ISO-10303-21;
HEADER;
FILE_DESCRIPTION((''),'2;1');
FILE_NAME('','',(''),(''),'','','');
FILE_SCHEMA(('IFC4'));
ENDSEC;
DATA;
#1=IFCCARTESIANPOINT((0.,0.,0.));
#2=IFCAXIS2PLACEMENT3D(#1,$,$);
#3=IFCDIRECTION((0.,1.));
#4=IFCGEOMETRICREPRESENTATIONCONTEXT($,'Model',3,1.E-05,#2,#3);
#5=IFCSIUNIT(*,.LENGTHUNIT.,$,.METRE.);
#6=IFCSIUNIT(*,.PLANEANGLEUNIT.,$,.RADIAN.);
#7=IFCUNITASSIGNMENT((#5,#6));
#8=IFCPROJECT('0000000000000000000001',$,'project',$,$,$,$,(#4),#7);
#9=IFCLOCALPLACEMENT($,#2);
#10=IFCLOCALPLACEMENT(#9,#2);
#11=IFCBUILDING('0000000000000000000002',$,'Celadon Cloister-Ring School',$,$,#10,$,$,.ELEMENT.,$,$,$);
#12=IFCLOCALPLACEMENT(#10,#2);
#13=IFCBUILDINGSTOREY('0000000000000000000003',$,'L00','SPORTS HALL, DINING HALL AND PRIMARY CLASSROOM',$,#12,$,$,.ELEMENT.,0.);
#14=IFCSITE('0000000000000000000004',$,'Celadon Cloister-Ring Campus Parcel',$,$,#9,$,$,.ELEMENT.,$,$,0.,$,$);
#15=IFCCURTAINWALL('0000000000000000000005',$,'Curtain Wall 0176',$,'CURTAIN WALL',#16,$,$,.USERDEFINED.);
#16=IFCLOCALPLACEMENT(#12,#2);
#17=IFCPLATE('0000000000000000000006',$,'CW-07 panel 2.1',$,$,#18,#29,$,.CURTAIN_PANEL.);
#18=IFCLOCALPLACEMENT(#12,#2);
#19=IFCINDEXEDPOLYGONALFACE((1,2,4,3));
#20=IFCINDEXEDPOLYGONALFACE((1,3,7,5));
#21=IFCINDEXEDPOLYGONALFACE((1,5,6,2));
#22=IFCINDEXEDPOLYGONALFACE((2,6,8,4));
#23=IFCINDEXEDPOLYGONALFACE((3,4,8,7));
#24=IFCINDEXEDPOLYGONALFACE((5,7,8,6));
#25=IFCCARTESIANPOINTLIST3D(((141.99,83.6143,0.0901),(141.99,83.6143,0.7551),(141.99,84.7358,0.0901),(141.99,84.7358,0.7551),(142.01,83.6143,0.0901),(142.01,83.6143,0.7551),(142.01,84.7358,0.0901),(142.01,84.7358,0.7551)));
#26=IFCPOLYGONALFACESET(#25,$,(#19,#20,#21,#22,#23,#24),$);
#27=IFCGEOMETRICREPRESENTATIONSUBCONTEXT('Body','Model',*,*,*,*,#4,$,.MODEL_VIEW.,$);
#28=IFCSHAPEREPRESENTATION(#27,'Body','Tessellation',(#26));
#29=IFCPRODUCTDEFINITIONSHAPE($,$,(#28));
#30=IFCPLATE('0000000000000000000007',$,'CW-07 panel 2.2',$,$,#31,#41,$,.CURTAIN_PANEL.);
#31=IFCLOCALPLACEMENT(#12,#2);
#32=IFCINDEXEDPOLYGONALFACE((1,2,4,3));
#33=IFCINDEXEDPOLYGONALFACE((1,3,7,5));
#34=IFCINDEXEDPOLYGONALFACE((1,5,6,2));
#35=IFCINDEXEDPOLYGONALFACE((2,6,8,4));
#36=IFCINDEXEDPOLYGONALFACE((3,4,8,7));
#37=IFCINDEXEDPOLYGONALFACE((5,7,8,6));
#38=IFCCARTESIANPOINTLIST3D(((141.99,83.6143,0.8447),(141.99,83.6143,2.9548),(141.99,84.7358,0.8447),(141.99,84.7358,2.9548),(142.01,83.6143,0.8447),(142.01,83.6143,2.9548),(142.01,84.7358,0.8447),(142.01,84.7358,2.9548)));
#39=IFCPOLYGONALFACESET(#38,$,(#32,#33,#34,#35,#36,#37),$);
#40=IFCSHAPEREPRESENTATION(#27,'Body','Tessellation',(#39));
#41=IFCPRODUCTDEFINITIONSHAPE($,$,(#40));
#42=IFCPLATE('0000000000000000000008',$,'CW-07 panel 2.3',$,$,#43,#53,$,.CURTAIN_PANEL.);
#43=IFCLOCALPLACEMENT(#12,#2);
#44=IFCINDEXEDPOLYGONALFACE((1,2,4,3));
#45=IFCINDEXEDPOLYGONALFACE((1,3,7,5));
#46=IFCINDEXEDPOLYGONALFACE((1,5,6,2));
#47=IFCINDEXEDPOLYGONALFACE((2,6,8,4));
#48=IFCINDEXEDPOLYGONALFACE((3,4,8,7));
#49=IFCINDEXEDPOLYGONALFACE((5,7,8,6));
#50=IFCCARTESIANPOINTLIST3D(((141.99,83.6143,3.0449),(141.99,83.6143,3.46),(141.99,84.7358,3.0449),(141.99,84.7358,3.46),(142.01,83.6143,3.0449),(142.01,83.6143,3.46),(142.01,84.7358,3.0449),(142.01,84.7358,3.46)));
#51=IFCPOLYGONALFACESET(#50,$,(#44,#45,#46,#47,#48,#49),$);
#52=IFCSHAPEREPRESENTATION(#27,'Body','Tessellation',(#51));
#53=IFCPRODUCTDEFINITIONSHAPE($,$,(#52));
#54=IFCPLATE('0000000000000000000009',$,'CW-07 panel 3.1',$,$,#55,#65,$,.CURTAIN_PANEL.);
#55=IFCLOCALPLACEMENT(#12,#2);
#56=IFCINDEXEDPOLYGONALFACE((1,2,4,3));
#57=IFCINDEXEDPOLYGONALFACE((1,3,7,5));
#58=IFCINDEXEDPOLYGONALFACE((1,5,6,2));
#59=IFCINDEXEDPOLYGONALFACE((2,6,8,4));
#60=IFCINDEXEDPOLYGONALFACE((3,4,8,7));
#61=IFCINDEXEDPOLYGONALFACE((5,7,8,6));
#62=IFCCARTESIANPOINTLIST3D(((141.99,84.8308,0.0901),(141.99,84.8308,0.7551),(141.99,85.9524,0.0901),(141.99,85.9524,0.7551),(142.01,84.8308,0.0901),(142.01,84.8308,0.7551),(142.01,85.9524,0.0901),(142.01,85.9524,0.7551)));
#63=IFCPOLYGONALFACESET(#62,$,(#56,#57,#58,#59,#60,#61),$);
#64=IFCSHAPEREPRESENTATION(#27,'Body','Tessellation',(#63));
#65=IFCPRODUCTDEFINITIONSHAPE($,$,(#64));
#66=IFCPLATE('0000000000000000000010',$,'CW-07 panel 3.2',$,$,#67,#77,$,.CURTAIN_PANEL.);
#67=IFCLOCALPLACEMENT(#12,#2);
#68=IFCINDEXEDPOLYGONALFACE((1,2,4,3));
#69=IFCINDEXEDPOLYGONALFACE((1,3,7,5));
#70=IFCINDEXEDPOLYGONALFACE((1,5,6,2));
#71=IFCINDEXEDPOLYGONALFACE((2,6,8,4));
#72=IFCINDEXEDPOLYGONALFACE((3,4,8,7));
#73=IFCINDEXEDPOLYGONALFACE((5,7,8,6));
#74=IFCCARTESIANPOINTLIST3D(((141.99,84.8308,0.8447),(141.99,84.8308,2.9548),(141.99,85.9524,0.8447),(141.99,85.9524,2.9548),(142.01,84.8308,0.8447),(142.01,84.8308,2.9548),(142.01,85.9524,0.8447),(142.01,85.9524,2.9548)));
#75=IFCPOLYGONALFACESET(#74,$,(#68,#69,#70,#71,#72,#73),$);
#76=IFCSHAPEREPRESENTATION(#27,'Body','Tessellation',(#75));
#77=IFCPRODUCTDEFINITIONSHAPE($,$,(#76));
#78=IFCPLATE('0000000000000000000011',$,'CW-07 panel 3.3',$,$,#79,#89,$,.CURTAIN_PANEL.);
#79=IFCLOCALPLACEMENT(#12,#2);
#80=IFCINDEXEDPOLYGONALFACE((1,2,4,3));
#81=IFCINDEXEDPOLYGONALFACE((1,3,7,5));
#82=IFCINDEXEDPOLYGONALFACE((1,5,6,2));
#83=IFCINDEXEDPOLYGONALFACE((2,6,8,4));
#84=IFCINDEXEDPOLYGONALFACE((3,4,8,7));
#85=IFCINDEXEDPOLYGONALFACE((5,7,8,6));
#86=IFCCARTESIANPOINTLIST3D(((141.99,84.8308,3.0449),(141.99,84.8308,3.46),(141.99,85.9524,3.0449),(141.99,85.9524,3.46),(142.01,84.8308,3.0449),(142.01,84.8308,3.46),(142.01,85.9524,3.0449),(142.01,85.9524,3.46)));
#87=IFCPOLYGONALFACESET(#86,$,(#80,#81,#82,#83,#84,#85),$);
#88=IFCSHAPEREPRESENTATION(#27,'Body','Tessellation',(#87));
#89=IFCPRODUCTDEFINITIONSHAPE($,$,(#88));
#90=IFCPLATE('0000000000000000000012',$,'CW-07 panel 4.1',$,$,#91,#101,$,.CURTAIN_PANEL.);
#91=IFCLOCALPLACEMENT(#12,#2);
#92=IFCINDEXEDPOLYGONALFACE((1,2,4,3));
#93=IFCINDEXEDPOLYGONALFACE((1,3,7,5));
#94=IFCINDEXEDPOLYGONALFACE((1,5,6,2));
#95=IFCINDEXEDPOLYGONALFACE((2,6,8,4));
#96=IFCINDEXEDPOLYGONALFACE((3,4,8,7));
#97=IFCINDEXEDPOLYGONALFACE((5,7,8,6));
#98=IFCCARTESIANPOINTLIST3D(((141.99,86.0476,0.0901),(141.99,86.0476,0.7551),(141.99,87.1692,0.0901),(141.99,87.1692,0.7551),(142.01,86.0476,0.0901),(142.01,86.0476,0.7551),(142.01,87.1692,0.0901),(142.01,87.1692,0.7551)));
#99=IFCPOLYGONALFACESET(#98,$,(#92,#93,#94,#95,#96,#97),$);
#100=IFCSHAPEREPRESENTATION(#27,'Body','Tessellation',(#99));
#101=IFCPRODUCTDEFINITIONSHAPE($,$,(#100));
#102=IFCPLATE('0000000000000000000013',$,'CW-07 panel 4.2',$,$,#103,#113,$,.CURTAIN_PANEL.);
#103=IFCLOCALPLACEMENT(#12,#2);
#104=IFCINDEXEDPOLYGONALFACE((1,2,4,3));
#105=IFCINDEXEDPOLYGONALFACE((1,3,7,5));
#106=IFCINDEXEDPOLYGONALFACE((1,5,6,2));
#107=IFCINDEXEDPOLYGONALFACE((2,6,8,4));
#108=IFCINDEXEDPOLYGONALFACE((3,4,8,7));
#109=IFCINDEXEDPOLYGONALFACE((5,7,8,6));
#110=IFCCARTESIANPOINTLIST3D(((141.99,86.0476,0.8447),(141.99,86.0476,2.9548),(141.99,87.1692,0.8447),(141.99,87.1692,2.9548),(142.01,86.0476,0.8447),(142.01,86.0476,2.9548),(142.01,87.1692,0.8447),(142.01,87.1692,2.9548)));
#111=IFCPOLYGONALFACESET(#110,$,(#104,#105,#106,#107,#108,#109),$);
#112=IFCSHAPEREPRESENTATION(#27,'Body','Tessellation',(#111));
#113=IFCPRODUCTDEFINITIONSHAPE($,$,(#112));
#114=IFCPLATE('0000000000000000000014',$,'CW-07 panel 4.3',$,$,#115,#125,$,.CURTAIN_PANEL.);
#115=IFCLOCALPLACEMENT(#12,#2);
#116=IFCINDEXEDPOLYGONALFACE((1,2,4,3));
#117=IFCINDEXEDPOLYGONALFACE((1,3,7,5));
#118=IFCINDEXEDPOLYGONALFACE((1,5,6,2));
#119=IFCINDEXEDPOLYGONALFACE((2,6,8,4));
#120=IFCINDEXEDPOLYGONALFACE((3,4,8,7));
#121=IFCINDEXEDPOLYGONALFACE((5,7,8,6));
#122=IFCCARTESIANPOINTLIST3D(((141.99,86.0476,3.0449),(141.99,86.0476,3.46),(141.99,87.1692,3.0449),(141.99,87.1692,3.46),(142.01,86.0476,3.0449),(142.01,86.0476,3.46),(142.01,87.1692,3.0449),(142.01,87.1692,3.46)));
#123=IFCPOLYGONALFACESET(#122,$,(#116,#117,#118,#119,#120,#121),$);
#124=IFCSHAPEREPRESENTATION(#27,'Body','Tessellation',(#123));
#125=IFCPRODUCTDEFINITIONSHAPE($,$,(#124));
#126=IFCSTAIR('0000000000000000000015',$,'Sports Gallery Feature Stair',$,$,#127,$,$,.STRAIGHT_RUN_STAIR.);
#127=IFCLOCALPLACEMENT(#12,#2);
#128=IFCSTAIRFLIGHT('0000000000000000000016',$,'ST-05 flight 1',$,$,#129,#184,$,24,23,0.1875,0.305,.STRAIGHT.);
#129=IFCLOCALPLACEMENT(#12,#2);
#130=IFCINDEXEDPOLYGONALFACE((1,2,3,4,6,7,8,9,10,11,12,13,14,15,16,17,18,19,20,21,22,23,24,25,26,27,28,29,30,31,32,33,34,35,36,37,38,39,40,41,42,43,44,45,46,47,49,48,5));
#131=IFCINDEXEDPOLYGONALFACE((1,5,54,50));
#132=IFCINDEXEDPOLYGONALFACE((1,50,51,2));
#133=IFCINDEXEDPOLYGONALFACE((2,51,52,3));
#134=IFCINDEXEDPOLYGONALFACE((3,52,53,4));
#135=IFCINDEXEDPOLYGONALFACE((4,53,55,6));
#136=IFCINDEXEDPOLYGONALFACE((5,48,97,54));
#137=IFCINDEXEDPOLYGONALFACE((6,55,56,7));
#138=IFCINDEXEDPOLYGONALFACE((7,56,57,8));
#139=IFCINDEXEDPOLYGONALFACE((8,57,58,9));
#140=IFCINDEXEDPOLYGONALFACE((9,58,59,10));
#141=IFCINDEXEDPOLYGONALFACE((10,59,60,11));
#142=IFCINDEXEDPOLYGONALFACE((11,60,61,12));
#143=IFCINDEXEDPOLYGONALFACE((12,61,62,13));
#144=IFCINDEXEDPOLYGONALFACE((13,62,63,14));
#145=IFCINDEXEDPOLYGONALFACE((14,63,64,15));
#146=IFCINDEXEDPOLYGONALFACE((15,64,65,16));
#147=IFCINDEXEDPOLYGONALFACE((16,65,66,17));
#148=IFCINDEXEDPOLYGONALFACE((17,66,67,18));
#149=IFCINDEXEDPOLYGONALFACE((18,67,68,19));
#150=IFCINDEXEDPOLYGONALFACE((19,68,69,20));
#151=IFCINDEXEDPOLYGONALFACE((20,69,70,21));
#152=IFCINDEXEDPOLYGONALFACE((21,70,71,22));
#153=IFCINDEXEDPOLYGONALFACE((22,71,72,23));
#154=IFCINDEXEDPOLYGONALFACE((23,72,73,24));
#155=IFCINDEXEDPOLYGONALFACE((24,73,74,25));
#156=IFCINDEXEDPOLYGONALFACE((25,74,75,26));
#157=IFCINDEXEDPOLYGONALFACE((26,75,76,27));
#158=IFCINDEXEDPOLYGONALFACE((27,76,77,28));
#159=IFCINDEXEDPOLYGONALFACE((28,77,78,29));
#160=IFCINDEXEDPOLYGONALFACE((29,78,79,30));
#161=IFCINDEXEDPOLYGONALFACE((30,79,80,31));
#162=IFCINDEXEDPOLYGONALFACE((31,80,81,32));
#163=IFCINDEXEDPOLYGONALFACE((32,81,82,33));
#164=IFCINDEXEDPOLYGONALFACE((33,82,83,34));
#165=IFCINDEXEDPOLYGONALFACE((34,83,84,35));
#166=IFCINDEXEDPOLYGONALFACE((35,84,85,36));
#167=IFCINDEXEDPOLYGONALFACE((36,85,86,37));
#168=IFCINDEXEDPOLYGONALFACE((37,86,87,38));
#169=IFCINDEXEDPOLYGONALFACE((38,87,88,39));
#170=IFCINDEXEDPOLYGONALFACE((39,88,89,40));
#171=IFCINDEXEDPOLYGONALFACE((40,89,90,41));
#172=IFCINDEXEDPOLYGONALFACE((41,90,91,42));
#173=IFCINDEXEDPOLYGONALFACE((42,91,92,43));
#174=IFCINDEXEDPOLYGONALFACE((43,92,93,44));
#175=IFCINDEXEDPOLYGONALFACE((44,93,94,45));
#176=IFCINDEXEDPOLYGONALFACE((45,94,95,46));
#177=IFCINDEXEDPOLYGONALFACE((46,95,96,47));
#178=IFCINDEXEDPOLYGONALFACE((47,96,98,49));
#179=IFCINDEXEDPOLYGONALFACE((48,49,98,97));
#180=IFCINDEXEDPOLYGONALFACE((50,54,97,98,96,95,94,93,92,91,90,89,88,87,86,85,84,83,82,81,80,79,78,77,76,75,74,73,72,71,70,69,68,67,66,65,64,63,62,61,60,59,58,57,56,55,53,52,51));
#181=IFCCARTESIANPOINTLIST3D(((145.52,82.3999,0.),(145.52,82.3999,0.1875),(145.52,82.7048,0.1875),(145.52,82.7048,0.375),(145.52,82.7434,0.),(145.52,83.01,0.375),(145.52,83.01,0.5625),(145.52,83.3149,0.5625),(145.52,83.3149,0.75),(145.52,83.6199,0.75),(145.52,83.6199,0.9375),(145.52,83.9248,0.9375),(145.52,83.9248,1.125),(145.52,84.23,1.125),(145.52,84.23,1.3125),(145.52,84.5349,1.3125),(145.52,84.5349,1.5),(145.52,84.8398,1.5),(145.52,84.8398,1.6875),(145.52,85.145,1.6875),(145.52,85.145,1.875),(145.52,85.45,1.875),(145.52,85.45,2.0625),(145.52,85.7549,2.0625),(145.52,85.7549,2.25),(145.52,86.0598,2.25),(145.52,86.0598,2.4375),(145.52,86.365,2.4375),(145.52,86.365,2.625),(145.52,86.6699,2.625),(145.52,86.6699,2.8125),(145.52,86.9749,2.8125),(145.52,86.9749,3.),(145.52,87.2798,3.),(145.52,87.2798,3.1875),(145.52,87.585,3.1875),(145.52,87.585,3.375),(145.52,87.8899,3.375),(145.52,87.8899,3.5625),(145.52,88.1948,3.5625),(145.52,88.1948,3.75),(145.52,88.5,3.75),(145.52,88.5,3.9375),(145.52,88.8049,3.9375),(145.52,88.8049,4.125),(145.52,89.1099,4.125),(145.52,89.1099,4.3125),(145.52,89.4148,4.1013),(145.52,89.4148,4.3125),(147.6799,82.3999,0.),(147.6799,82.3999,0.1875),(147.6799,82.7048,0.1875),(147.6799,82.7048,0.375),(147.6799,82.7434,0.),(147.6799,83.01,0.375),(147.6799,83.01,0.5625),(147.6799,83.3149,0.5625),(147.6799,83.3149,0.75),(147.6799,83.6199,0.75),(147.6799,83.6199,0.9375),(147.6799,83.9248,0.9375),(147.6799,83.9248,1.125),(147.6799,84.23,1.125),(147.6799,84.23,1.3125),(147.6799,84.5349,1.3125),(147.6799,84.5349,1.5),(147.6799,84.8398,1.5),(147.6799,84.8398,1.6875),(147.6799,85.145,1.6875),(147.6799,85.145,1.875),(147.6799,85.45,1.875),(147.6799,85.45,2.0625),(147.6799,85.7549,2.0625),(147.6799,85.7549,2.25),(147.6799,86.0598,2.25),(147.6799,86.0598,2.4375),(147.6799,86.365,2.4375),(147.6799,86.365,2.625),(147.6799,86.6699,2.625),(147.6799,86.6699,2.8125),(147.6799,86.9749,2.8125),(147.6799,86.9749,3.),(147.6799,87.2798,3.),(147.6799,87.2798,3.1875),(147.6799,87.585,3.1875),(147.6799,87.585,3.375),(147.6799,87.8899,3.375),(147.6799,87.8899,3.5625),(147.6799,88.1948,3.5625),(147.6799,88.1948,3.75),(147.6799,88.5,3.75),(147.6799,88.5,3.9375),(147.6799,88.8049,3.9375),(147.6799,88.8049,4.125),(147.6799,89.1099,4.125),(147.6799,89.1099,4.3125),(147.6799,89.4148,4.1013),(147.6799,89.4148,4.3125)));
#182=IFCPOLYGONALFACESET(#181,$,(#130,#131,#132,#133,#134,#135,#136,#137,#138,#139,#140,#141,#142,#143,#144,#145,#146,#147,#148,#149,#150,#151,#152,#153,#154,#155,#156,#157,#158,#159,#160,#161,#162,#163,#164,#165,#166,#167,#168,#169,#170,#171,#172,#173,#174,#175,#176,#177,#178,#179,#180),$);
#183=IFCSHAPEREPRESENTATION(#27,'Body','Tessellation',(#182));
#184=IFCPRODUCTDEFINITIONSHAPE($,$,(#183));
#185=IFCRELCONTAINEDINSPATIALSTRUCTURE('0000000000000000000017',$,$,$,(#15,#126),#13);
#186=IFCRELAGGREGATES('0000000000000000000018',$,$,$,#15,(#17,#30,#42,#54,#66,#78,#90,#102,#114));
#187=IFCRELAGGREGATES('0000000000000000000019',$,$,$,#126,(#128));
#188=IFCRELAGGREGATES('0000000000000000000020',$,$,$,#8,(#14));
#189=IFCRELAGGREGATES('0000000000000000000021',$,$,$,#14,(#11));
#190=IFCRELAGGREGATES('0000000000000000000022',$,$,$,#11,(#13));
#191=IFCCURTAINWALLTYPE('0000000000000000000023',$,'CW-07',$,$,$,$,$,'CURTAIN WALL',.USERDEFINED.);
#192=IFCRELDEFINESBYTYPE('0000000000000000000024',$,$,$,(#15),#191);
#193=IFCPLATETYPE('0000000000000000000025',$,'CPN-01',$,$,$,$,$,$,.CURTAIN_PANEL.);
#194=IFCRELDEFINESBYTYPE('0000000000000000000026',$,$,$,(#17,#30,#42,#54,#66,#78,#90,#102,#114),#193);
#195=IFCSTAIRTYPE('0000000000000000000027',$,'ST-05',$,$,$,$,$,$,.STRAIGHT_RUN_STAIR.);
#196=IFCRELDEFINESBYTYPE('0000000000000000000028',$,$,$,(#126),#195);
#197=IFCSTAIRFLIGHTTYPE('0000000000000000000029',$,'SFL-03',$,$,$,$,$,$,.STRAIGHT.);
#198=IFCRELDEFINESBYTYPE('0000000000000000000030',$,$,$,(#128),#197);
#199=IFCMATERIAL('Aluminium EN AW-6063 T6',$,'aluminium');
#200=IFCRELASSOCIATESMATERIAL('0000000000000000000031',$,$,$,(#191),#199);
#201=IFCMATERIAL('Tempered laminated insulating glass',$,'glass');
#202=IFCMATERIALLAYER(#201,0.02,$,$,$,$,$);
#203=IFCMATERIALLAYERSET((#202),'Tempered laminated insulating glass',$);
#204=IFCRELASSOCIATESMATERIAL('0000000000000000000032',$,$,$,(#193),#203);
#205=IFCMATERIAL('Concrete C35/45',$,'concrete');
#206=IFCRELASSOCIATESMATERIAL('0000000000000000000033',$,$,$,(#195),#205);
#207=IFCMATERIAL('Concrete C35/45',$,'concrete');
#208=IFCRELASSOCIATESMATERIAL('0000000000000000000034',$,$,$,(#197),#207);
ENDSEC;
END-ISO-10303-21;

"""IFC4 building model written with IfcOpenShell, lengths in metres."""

from ifc_helpers import new_model, si_unit, direction, frame, origin, origin_2d, place, context, subcontext, project, spatial, polyline, rectangle, outline, extrude, material, layer, layer_set, type_object, element, aggregate, save


model = new_model("IFC4")

# Units and contexts
model_context = context("Model", 3, precision=1e-05, world=origin(), true_north=direction((0.0, 1.0)))
body_context = subcontext(model_context, "Body", "Model", "MODEL_VIEW")
ifc_project = project(units=[si_unit("LENGTHUNIT", "METRE"), si_unit("PLANEANGLEUNIT", "RADIAN")], contexts=[model_context])

# Site, building, storey
site_placement = place(None, origin())
site = spatial("IfcSite", under=ifc_project, at=site_placement, Name="Celadon Cloister-Ring Campus Parcel", CompositionType="ELEMENT", RefElevation=0.0)
building_placement = place(site_placement, origin())
building = spatial("IfcBuilding", under=site, at=building_placement, Name="Celadon Cloister-Ring School", CompositionType="ELEMENT")
storey_placement = place(building_placement, origin())
storey = spatial("IfcBuildingStorey", under=building, at=storey_placement, Name="L00", Description="SPORTS HALL, DINING HALL AND PRIMARY CLASSROOM", CompositionType="ELEMENT", Elevation=0.0)

# Curtain wall, plates
ifc_material_1 = material(Name="Aluminium EN AW-6063 T6", Category="aluminium")
curtain_wall_type = type_object("IfcCurtainWallType", Name="CW-07", ElementType="CURTAIN WALL", PredefinedType="USERDEFINED", material=ifc_material_1)
curtain_wall_placement = place(storey_placement, origin())
curtain_wall = element("IfcCurtainWall", 1, at=curtain_wall_placement, inside=storey, type_object=curtain_wall_type, Name="Curtain Wall 0176", ObjectType="CURTAIN WALL", PredefinedType="USERDEFINED")
ifc_material_2 = material(Name="Tempered laminated insulating glass", Category="glass")
ifc_layer = layer(ifc_material_2, 0.02)
ifc_layer_set = layer_set([ifc_layer], Name="Tempered laminated insulating glass")
plate_type = type_object("IfcPlateType", Name="CPN-01", PredefinedType="CURTAIN_PANEL", material=ifc_layer_set)
plate_1_placement = place(storey_placement, frame((142.0, 84.175, 0.0901), z_axis=(0.0, 0.0, 1.0), x_axis=(0.0, 1.0, 0.0)))
plate_1 = element("IfcPlate", 2, at=plate_1_placement, type_object=plate_type, Name="CW-07 panel 2.1", PredefinedType="CURTAIN_PANEL", context=body_context, shape_type="SweptSolid", body=[
    extrude(rectangle(XDim=1.1216, YDim=0.02, at=origin_2d()), origin(), (0.0, 0.0, 1.0), 0.665),
])
plate_2_placement = place(storey_placement, frame((142.0, 84.175, 0.8447), z_axis=(0.0, 0.0, 1.0), x_axis=(0.0, 1.0, 0.0)))
plate_2 = element("IfcPlate", 3, at=plate_2_placement, type_object=plate_type, Name="CW-07 panel 2.2", PredefinedType="CURTAIN_PANEL", context=body_context, shape_type="SweptSolid", body=[
    extrude(rectangle(XDim=1.1216, YDim=0.02, at=origin_2d()), origin(), (0.0, 0.0, 1.0), 2.1101),
])
plate_3_placement = place(storey_placement, frame((142.0, 84.175, 3.0449), z_axis=(0.0, 0.0, 1.0), x_axis=(0.0, 1.0, 0.0)))
plate_3 = element("IfcPlate", 4, at=plate_3_placement, type_object=plate_type, Name="CW-07 panel 2.3", PredefinedType="CURTAIN_PANEL", context=body_context, shape_type="SweptSolid", body=[
    extrude(rectangle(XDim=1.1216, YDim=0.02, at=origin_2d()), origin(), (0.0, 0.0, 1.0), 0.415),
])
plate_4_placement = place(storey_placement, frame((142.0, 85.3916, 0.0901), z_axis=(0.0, 0.0, 1.0), x_axis=(0.0, 1.0, 0.0)))
plate_4 = element("IfcPlate", 5, at=plate_4_placement, type_object=plate_type, Name="CW-07 panel 3.1", PredefinedType="CURTAIN_PANEL", context=body_context, shape_type="SweptSolid", body=[
    extrude(rectangle(XDim=1.1216, YDim=0.02, at=origin_2d()), origin(), (0.0, 0.0, 1.0), 0.665),
])
plate_5_placement = place(storey_placement, frame((142.0, 85.3916, 0.8447), z_axis=(0.0, 0.0, 1.0), x_axis=(0.0, 1.0, 0.0)))
plate_5 = element("IfcPlate", 6, at=plate_5_placement, type_object=plate_type, Name="CW-07 panel 3.2", PredefinedType="CURTAIN_PANEL", context=body_context, shape_type="SweptSolid", body=[
    extrude(rectangle(XDim=1.1216, YDim=0.02, at=origin_2d()), origin(), (0.0, 0.0, 1.0), 2.1101),
])
plate_6_placement = place(storey_placement, frame((142.0, 85.3916, 3.0449), z_axis=(0.0, 0.0, 1.0), x_axis=(0.0, 1.0, 0.0)))
plate_6 = element("IfcPlate", 7, at=plate_6_placement, type_object=plate_type, Name="CW-07 panel 3.3", PredefinedType="CURTAIN_PANEL", context=body_context, shape_type="SweptSolid", body=[
    extrude(rectangle(XDim=1.1216, YDim=0.02, at=origin_2d()), origin(), (0.0, 0.0, 1.0), 0.415),
])
plate_7_placement = place(storey_placement, frame((142.0, 86.6084, 0.0901), z_axis=(0.0, 0.0, 1.0), x_axis=(0.0, 1.0, 0.0)))
plate_7 = element("IfcPlate", 8, at=plate_7_placement, type_object=plate_type, Name="CW-07 panel 4.1", PredefinedType="CURTAIN_PANEL", context=body_context, shape_type="SweptSolid", body=[
    extrude(rectangle(XDim=1.1216, YDim=0.02, at=origin_2d()), origin(), (0.0, 0.0, 1.0), 0.665),
])
plate_8_placement = place(storey_placement, frame((142.0, 86.6084, 0.8447), z_axis=(0.0, 0.0, 1.0), x_axis=(0.0, 1.0, 0.0)))
plate_8 = element("IfcPlate", 9, at=plate_8_placement, type_object=plate_type, Name="CW-07 panel 4.2", PredefinedType="CURTAIN_PANEL", context=body_context, shape_type="SweptSolid", body=[
    extrude(rectangle(XDim=1.1216, YDim=0.02, at=origin_2d()), origin(), (0.0, 0.0, 1.0), 2.1101),
])
plate_9_placement = place(storey_placement, frame((142.0, 86.6084, 3.0449), z_axis=(0.0, 0.0, 1.0), x_axis=(0.0, 1.0, 0.0)))
plate_9 = element("IfcPlate", 10, at=plate_9_placement, type_object=plate_type, Name="CW-07 panel 4.3", PredefinedType="CURTAIN_PANEL", context=body_context, shape_type="SweptSolid", body=[
    extrude(rectangle(XDim=1.1216, YDim=0.02, at=origin_2d()), origin(), (0.0, 0.0, 1.0), 0.415),
])
aggregate(curtain_wall, [plate_1, plate_2, plate_3, plate_4, plate_5, plate_6, plate_7, plate_8, plate_9])

# Stair, stair flight
ifc_material_3 = material(Name="Concrete C35/45", Category="concrete")
stair_type = type_object("IfcStairType", Name="ST-05", PredefinedType="STRAIGHT_RUN_STAIR", material=ifc_material_3)
stair_placement = place(storey_placement, origin())
stair = element("IfcStair", 11, at=stair_placement, inside=storey, type_object=stair_type, Name="Sports Gallery Feature Stair", PredefinedType="STRAIGHT_RUN_STAIR")
ifc_material_4 = material(Name="Concrete C35/45", Category="concrete")
stair_flight_type = type_object("IfcStairFlightType", Name="SFL-03", PredefinedType="STRAIGHT", material=ifc_material_4)
stair_flight_placement = place(storey_placement, frame((146.6001, 82.3999, 0.0), z_axis=(0.0, 0.0, 1.0), x_axis=(0.0, 1.0, 0.0)))
stair_flight = element("IfcStairFlight", 12, at=stair_flight_placement, type_object=stair_flight_type, Name="ST-05 flight 1", NumberOfRisers=24, NumberOfTreads=23, PredefinedType="STRAIGHT", RiserHeight=0.1875, TreadLength=0.305, context=body_context, shape_type="SweptSolid", body=[
    extrude(outline(polyline([(0.0, 0.0), (0.0, 0.1875), (0.3049, 0.1875), (0.3049, 0.375), (0.6101, 0.375), (0.6101, 0.5625), (0.915, 0.5625), (0.915, 0.75), (1.22, 0.75), (1.22, 0.9375), (1.5249, 0.9375), (1.5249, 1.125), (1.8301, 1.125), (1.8301, 1.3125), (2.135, 1.3125), (2.135, 1.5), (2.4399, 1.5), (2.4399, 1.6875), (2.7451, 1.6875), (2.7451, 1.875), (3.05, 1.875), (3.05, 2.0625), (3.355, 2.0625), (3.355, 2.25), (3.6599, 2.25), (3.6599, 2.4375), (3.9651, 2.4375), (3.9651, 2.625), (4.27, 2.625), (4.27, 2.8125), (4.575, 2.8125), (4.575, 3.0), (4.8799, 3.0), (4.8799, 3.1875), (5.1851, 3.1875), (5.1851, 3.375), (5.49, 3.375), (5.49, 3.5625), (5.7949, 3.5625), (5.7949, 3.75), (6.1001, 3.75), (6.1001, 3.9375), (6.405, 3.9375), (6.405, 4.125), (6.71, 4.125), (6.71, 4.3125), (7.0149, 4.3125), (7.0149, 4.5), (7.0149, 4.1013), (0.3435, 0.0), (0.0, 0.0)])), frame((0.0, 1.0801, 0.0), z_axis=(0.0, -1.0, 0.0), x_axis=(1.0, 0.0, 0.0)), (0.0, 0.0, 1.0), 2.1599),
])
aggregate(stair, [stair_flight])

save(model, "model.ifc")
